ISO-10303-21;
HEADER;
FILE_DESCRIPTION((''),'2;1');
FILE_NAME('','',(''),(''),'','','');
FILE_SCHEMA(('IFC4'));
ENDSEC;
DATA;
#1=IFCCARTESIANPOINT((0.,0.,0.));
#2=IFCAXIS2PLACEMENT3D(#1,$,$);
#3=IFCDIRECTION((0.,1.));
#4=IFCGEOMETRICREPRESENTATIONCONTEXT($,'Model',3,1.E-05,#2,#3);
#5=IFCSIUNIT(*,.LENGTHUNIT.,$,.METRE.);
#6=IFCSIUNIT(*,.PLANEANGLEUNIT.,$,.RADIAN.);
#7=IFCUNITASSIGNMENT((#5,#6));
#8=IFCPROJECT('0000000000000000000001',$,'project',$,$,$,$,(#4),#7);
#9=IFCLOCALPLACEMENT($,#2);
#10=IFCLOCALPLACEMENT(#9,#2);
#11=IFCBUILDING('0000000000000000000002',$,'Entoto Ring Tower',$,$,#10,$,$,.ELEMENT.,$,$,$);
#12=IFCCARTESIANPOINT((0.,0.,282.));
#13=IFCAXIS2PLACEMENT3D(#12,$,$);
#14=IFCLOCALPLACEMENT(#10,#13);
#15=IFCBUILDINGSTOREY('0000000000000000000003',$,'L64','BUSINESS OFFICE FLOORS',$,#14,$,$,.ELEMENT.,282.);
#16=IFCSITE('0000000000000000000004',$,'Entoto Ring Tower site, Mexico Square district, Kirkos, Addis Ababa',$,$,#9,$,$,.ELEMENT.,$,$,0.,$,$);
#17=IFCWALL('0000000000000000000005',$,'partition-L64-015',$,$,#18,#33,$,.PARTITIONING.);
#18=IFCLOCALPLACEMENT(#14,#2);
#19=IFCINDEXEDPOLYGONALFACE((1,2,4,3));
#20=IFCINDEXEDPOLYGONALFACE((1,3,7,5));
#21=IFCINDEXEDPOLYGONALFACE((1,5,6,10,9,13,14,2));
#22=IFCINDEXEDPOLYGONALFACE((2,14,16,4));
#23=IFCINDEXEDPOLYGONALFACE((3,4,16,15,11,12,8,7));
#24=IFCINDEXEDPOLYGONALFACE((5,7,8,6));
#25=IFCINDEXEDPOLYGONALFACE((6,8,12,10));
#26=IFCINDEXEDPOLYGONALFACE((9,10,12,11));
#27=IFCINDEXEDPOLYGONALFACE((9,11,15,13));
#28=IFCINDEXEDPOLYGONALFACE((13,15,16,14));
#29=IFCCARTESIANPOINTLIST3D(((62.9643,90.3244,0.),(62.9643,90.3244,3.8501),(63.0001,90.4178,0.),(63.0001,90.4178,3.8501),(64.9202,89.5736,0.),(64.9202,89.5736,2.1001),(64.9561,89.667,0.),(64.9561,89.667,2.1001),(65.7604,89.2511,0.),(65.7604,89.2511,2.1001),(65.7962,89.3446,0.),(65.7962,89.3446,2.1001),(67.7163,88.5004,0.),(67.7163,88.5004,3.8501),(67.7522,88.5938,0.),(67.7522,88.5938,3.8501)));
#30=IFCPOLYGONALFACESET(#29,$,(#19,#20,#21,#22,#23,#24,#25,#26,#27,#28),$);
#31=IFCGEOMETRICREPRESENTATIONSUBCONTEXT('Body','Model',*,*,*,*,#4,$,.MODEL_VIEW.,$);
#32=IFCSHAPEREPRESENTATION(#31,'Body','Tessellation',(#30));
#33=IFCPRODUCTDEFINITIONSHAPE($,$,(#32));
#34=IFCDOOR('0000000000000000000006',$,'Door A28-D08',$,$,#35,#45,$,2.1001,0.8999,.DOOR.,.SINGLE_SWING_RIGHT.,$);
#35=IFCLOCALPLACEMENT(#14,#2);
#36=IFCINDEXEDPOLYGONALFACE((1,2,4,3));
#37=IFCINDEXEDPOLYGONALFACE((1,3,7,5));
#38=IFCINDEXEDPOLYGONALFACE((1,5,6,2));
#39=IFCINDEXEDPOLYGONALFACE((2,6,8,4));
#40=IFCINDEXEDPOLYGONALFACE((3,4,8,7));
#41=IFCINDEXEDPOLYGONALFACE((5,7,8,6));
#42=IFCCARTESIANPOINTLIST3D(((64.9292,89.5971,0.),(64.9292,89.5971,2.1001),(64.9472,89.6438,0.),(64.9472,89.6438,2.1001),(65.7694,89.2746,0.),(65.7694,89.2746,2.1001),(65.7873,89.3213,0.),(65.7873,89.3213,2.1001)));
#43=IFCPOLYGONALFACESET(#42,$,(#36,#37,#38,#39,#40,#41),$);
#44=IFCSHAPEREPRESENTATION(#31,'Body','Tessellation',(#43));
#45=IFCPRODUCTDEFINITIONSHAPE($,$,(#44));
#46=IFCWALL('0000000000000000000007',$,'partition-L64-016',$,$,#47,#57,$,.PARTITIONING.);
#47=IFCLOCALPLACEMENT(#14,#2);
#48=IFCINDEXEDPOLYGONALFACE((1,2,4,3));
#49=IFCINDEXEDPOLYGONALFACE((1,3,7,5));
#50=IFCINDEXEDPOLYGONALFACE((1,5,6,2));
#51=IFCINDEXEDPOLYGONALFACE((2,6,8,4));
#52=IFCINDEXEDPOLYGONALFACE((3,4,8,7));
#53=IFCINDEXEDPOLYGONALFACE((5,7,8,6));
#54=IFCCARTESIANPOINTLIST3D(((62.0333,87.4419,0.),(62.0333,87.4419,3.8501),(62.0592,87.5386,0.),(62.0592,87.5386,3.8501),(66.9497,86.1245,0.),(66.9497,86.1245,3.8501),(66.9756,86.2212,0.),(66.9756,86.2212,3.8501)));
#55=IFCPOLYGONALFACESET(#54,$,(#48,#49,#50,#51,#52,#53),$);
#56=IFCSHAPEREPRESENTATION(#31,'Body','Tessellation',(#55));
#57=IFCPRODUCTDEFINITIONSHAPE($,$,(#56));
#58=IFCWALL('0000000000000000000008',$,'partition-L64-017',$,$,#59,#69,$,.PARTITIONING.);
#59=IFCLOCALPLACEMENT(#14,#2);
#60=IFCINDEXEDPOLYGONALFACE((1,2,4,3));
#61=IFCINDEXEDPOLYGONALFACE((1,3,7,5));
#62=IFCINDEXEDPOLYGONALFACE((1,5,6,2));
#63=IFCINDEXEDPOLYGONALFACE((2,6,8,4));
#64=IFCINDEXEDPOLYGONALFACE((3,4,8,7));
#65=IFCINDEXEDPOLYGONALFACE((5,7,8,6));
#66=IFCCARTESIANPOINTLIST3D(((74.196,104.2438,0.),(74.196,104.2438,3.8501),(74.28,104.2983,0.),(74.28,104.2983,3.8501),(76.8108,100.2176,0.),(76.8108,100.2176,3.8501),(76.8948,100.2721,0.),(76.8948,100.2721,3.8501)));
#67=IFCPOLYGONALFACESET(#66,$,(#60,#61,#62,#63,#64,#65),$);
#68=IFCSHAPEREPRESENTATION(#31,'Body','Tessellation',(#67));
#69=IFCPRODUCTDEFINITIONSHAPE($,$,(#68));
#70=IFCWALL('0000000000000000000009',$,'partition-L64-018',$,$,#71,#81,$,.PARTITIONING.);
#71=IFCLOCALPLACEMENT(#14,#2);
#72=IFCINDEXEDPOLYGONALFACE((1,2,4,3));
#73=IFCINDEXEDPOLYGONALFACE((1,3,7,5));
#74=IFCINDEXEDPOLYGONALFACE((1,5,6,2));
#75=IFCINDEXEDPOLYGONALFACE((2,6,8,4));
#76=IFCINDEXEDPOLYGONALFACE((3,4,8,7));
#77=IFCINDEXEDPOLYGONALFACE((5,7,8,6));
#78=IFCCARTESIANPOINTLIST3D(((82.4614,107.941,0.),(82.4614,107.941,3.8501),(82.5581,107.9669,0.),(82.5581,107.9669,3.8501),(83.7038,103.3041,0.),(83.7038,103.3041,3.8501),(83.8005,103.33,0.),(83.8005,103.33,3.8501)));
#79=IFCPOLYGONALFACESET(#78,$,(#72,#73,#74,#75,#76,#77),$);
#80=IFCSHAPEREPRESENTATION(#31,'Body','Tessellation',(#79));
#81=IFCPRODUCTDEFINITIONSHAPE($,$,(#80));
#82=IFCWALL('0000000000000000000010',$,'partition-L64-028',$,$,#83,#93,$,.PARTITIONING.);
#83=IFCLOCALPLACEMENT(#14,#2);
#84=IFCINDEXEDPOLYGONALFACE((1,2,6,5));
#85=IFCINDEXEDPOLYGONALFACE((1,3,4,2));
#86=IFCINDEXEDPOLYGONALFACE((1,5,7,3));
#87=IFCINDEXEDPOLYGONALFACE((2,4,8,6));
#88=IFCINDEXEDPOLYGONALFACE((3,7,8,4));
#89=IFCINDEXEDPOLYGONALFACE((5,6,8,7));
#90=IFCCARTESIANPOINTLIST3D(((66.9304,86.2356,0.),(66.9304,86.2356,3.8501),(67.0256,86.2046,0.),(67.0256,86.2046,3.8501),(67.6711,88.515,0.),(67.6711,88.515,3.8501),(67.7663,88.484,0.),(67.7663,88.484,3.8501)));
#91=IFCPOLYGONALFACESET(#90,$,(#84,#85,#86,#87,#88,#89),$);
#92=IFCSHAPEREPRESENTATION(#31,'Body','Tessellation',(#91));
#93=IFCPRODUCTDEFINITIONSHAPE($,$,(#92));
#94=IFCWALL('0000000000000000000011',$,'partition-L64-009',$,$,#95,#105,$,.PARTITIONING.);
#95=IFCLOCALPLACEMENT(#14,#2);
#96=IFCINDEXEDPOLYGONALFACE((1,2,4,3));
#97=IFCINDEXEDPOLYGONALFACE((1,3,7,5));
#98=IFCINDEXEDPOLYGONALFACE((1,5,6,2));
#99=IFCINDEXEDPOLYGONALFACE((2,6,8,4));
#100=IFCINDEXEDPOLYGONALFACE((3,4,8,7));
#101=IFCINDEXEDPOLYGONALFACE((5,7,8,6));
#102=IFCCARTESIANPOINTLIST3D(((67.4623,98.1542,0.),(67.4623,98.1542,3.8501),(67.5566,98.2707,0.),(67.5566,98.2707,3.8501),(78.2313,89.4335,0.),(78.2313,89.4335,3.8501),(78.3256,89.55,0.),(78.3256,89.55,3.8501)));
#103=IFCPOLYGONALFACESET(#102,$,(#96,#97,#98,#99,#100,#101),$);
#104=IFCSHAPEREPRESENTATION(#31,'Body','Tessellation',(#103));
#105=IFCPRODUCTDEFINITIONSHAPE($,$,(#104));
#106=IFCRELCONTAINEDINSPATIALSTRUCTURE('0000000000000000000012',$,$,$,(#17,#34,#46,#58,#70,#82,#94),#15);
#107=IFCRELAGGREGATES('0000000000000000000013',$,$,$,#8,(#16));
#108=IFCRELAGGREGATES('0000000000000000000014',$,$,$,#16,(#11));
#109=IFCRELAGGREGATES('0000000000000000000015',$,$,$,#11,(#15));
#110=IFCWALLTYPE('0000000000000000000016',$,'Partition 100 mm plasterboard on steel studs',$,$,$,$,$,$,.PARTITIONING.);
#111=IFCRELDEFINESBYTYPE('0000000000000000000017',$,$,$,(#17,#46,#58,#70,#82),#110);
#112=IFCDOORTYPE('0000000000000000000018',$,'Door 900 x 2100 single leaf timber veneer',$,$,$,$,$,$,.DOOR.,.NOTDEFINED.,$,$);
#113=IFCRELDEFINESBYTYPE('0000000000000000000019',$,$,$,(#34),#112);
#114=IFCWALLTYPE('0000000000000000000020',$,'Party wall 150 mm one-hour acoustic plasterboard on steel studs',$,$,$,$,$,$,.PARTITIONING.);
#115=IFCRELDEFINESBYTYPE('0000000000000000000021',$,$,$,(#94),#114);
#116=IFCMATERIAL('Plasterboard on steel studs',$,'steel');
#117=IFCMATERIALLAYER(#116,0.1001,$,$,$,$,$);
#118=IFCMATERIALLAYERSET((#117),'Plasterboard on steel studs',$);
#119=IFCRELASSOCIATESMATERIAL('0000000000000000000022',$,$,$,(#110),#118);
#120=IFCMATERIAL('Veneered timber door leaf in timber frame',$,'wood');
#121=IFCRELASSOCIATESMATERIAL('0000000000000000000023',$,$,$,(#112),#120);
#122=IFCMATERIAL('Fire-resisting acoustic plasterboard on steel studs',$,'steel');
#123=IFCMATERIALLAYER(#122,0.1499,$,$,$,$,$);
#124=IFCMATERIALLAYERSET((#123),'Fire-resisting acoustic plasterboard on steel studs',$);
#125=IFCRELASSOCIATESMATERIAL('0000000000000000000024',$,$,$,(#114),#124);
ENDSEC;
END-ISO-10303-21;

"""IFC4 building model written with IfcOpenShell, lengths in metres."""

from ifc_helpers import new_model, si_unit, direction, frame, frame_2d, origin, place, context, subcontext, project, spatial, rectangle, extrude, material, layer, layer_set, type_object, element, fill, save


model = new_model("IFC4")

# Units and contexts
model_context = context("Model", 3, precision=1e-05, world=origin(), true_north=direction((0.0, 1.0)))
body_context = subcontext(model_context, "Body", "Model", "MODEL_VIEW")
ifc_project = project(units=[si_unit("LENGTHUNIT", "METRE"), si_unit("PLANEANGLEUNIT", "RADIAN")], contexts=[model_context])

# Site, building, storey
site_placement = place(None, origin())
site = spatial("IfcSite", under=ifc_project, at=site_placement, Name="Entoto Ring Tower site, Mexico Square district, Kirkos, Addis Ababa", CompositionType="ELEMENT", RefElevation=0.0)
building_placement = place(site_placement, origin())
building = spatial("IfcBuilding", under=site, at=building_placement, Name="Entoto Ring Tower", CompositionType="ELEMENT")
storey_placement = place(building_placement, frame((0.0, 0.0, 282.0)))
storey = spatial("IfcBuildingStorey", under=building, at=storey_placement, Name="L64", Description="BUSINESS OFFICE FLOORS", CompositionType="ELEMENT", Elevation=282.0)

# Wall, opening, door
ifc_material_1 = material(Name="Plasterboard on steel studs", Category="steel")
ifc_layer_1 = layer(ifc_material_1, 0.1001)
ifc_layer_set_1 = layer_set([ifc_layer_1], Name="Plasterboard on steel studs")
wall_type_1 = type_object("IfcWallType", Name="Partition 100 mm plasterboard on steel studs", PredefinedType="PARTITIONING", material=ifc_layer_set_1)
ifc_material_2 = material(Name="Veneered timber door leaf in timber frame", Category="wood")
door_type_1 = type_object("IfcDoorType", Name="Door 900 x 2100 single leaf timber veneer", OperationType="NOTDEFINED", PredefinedType="DOOR", material=ifc_material_2)
wall_1_placement = place(storey_placement, frame((67.7341, 88.5471, 0.0), z_axis=(0.0, 0.0, 1.0), x_axis=(-0.933589, 0.358346, 0.0)))
wall_1 = element("IfcWall", 1, at=wall_1_placement, inside=storey, type_object=wall_type_1, Name="partition-L64-015", PredefinedType="PARTITIONING", context=body_context, shape_type="SweptSolid", body=[
    extrude(rectangle(XDim=5.0901, YDim=0.1001, at=frame_2d((2.5449, 0.0))), origin(), (0.0, 0.0, 1.0), 3.8501),
])
opening_1_placement = place(wall_1_placement, frame((2.095, 0.0, 0.0)))
opening_1 = element("IfcOpeningElement", 2, at=opening_1_placement, cuts=wall_1, PredefinedType="OPENING", context=body_context, shape_type="SweptSolid", body=[
    extrude(rectangle(XDim=0.8999, YDim=2.1001, at=frame_2d((0.45, 1.05))), frame((0.0, 0.0601, 0.0), z_axis=(0.0, -1.0, 0.0), x_axis=(1.0, 0.0, 0.0)), (0.0, 0.0, 1.0), 0.1201),
])
door_1_placement = place(opening_1_placement, origin())
door_1 = element("IfcDoor", 3, at=door_1_placement, inside=storey, type_object=door_type_1, Name="Door A28-D08", OperationType="SINGLE_SWING_RIGHT", OverallHeight=2.1001, OverallWidth=0.8999, PredefinedType="DOOR", context=body_context, shape_type="SweptSolid", body=[
    extrude(rectangle(XDim=0.8999, YDim=2.1001, at=frame_2d((0.45, 1.05))), frame((0.0, 0.0249, 0.0), z_axis=(0.0, -1.0, 0.0), x_axis=(1.0, 0.0, 0.0)), (0.0, 0.0, 1.0), 0.05),
])
fill(opening_1, door_1)

# Walls
wall_2_placement = place(storey_placement, frame((66.9626, 86.1729, 0.0), z_axis=(0.0, 0.0, 1.0), x_axis=(-0.965925, 0.258821, 0.0)))
element("IfcWall", 4, at=wall_2_placement, inside=storey, type_object=wall_type_1, Name="partition-L64-016", PredefinedType="PARTITIONING", context=body_context, shape_type="SweptSolid", body=[
    extrude(rectangle(XDim=5.0898, YDim=0.1001, at=frame_2d((2.5449, 0.0))), origin(), (0.0, 0.0, 1.0), 3.8501),
])
wall_3_placement = place(storey_placement, frame((76.8528, 100.2449, 0.0), z_axis=(0.0, 0.0, 1.0), x_axis=(-0.544661, 0.838656, 0.0)))
element("IfcWall", 5, at=wall_3_placement, inside=storey, type_object=wall_type_1, Name="partition-L64-017", PredefinedType="PARTITIONING", context=body_context, shape_type="SweptSolid", body=[
    extrude(rectangle(XDim=4.8008, YDim=0.1001, at=frame_2d((2.4004, 0.0))), origin(), (0.0, 0.0, 1.0), 3.8501),
])
wall_4_placement = place(storey_placement, frame((83.7522, 103.3169, 0.0), z_axis=(0.0, 0.0, 1.0), x_axis=(-0.258811, 0.965928, 0.0)))
element("IfcWall", 6, at=wall_4_placement, inside=storey, type_object=wall_type_1, Name="partition-L64-018", PredefinedType="PARTITIONING", context=body_context, shape_type="SweptSolid", body=[
    extrude(rectangle(XDim=4.8005, YDim=0.1001, at=frame_2d((2.4004, 0.0))), origin(), (0.0, 0.0, 1.0), 3.8501),
])
wall_5_placement = place(storey_placement, frame((66.978, 86.2202, 0.0), z_axis=(0.0, 0.0, 1.0), x_axis=(0.309068, 0.95104, 0.0)))
element("IfcWall", 7, at=wall_5_placement, inside=storey, type_object=wall_type_1, Name="partition-L64-028", PredefinedType="PARTITIONING", context=body_context, shape_type="SweptSolid", body=[
    extrude(rectangle(XDim=2.3967, YDim=0.1001, at=frame_2d((1.1982, 0.0))), origin(), (0.0, 0.0, 1.0), 3.8501),
])
ifc_material_3 = material(Name="Fire-resisting acoustic plasterboard on steel studs", Category="steel")
ifc_layer_2 = layer(ifc_material_3, 0.1499)
ifc_layer_set_2 = layer_set([ifc_layer_2], Name="Fire-resisting acoustic plasterboard on steel studs")
wall_type_2 = type_object("IfcWallType", Name="Party wall 150 mm one-hour acoustic plasterboard on steel studs", PredefinedType="PARTITIONING", material=ifc_layer_set_2)
wall_6_placement = place(storey_placement, frame((78.2786, 89.4917, 0.0), z_axis=(0.0, 0.0, 1.0), x_axis=(-0.777142, 0.629325, 0.0)))
element("IfcWall", 8, at=wall_6_placement, inside=storey, type_object=wall_type_2, Name="partition-L64-009", PredefinedType="PARTITIONING", context=body_context, shape_type="SweptSolid", body=[
    extrude(rectangle(XDim=13.8572, YDim=0.1499, at=frame_2d((6.9287, 0.0))), origin(), (0.0, 0.0, 1.0), 3.8501),
])

save(model, "model.ifc")
